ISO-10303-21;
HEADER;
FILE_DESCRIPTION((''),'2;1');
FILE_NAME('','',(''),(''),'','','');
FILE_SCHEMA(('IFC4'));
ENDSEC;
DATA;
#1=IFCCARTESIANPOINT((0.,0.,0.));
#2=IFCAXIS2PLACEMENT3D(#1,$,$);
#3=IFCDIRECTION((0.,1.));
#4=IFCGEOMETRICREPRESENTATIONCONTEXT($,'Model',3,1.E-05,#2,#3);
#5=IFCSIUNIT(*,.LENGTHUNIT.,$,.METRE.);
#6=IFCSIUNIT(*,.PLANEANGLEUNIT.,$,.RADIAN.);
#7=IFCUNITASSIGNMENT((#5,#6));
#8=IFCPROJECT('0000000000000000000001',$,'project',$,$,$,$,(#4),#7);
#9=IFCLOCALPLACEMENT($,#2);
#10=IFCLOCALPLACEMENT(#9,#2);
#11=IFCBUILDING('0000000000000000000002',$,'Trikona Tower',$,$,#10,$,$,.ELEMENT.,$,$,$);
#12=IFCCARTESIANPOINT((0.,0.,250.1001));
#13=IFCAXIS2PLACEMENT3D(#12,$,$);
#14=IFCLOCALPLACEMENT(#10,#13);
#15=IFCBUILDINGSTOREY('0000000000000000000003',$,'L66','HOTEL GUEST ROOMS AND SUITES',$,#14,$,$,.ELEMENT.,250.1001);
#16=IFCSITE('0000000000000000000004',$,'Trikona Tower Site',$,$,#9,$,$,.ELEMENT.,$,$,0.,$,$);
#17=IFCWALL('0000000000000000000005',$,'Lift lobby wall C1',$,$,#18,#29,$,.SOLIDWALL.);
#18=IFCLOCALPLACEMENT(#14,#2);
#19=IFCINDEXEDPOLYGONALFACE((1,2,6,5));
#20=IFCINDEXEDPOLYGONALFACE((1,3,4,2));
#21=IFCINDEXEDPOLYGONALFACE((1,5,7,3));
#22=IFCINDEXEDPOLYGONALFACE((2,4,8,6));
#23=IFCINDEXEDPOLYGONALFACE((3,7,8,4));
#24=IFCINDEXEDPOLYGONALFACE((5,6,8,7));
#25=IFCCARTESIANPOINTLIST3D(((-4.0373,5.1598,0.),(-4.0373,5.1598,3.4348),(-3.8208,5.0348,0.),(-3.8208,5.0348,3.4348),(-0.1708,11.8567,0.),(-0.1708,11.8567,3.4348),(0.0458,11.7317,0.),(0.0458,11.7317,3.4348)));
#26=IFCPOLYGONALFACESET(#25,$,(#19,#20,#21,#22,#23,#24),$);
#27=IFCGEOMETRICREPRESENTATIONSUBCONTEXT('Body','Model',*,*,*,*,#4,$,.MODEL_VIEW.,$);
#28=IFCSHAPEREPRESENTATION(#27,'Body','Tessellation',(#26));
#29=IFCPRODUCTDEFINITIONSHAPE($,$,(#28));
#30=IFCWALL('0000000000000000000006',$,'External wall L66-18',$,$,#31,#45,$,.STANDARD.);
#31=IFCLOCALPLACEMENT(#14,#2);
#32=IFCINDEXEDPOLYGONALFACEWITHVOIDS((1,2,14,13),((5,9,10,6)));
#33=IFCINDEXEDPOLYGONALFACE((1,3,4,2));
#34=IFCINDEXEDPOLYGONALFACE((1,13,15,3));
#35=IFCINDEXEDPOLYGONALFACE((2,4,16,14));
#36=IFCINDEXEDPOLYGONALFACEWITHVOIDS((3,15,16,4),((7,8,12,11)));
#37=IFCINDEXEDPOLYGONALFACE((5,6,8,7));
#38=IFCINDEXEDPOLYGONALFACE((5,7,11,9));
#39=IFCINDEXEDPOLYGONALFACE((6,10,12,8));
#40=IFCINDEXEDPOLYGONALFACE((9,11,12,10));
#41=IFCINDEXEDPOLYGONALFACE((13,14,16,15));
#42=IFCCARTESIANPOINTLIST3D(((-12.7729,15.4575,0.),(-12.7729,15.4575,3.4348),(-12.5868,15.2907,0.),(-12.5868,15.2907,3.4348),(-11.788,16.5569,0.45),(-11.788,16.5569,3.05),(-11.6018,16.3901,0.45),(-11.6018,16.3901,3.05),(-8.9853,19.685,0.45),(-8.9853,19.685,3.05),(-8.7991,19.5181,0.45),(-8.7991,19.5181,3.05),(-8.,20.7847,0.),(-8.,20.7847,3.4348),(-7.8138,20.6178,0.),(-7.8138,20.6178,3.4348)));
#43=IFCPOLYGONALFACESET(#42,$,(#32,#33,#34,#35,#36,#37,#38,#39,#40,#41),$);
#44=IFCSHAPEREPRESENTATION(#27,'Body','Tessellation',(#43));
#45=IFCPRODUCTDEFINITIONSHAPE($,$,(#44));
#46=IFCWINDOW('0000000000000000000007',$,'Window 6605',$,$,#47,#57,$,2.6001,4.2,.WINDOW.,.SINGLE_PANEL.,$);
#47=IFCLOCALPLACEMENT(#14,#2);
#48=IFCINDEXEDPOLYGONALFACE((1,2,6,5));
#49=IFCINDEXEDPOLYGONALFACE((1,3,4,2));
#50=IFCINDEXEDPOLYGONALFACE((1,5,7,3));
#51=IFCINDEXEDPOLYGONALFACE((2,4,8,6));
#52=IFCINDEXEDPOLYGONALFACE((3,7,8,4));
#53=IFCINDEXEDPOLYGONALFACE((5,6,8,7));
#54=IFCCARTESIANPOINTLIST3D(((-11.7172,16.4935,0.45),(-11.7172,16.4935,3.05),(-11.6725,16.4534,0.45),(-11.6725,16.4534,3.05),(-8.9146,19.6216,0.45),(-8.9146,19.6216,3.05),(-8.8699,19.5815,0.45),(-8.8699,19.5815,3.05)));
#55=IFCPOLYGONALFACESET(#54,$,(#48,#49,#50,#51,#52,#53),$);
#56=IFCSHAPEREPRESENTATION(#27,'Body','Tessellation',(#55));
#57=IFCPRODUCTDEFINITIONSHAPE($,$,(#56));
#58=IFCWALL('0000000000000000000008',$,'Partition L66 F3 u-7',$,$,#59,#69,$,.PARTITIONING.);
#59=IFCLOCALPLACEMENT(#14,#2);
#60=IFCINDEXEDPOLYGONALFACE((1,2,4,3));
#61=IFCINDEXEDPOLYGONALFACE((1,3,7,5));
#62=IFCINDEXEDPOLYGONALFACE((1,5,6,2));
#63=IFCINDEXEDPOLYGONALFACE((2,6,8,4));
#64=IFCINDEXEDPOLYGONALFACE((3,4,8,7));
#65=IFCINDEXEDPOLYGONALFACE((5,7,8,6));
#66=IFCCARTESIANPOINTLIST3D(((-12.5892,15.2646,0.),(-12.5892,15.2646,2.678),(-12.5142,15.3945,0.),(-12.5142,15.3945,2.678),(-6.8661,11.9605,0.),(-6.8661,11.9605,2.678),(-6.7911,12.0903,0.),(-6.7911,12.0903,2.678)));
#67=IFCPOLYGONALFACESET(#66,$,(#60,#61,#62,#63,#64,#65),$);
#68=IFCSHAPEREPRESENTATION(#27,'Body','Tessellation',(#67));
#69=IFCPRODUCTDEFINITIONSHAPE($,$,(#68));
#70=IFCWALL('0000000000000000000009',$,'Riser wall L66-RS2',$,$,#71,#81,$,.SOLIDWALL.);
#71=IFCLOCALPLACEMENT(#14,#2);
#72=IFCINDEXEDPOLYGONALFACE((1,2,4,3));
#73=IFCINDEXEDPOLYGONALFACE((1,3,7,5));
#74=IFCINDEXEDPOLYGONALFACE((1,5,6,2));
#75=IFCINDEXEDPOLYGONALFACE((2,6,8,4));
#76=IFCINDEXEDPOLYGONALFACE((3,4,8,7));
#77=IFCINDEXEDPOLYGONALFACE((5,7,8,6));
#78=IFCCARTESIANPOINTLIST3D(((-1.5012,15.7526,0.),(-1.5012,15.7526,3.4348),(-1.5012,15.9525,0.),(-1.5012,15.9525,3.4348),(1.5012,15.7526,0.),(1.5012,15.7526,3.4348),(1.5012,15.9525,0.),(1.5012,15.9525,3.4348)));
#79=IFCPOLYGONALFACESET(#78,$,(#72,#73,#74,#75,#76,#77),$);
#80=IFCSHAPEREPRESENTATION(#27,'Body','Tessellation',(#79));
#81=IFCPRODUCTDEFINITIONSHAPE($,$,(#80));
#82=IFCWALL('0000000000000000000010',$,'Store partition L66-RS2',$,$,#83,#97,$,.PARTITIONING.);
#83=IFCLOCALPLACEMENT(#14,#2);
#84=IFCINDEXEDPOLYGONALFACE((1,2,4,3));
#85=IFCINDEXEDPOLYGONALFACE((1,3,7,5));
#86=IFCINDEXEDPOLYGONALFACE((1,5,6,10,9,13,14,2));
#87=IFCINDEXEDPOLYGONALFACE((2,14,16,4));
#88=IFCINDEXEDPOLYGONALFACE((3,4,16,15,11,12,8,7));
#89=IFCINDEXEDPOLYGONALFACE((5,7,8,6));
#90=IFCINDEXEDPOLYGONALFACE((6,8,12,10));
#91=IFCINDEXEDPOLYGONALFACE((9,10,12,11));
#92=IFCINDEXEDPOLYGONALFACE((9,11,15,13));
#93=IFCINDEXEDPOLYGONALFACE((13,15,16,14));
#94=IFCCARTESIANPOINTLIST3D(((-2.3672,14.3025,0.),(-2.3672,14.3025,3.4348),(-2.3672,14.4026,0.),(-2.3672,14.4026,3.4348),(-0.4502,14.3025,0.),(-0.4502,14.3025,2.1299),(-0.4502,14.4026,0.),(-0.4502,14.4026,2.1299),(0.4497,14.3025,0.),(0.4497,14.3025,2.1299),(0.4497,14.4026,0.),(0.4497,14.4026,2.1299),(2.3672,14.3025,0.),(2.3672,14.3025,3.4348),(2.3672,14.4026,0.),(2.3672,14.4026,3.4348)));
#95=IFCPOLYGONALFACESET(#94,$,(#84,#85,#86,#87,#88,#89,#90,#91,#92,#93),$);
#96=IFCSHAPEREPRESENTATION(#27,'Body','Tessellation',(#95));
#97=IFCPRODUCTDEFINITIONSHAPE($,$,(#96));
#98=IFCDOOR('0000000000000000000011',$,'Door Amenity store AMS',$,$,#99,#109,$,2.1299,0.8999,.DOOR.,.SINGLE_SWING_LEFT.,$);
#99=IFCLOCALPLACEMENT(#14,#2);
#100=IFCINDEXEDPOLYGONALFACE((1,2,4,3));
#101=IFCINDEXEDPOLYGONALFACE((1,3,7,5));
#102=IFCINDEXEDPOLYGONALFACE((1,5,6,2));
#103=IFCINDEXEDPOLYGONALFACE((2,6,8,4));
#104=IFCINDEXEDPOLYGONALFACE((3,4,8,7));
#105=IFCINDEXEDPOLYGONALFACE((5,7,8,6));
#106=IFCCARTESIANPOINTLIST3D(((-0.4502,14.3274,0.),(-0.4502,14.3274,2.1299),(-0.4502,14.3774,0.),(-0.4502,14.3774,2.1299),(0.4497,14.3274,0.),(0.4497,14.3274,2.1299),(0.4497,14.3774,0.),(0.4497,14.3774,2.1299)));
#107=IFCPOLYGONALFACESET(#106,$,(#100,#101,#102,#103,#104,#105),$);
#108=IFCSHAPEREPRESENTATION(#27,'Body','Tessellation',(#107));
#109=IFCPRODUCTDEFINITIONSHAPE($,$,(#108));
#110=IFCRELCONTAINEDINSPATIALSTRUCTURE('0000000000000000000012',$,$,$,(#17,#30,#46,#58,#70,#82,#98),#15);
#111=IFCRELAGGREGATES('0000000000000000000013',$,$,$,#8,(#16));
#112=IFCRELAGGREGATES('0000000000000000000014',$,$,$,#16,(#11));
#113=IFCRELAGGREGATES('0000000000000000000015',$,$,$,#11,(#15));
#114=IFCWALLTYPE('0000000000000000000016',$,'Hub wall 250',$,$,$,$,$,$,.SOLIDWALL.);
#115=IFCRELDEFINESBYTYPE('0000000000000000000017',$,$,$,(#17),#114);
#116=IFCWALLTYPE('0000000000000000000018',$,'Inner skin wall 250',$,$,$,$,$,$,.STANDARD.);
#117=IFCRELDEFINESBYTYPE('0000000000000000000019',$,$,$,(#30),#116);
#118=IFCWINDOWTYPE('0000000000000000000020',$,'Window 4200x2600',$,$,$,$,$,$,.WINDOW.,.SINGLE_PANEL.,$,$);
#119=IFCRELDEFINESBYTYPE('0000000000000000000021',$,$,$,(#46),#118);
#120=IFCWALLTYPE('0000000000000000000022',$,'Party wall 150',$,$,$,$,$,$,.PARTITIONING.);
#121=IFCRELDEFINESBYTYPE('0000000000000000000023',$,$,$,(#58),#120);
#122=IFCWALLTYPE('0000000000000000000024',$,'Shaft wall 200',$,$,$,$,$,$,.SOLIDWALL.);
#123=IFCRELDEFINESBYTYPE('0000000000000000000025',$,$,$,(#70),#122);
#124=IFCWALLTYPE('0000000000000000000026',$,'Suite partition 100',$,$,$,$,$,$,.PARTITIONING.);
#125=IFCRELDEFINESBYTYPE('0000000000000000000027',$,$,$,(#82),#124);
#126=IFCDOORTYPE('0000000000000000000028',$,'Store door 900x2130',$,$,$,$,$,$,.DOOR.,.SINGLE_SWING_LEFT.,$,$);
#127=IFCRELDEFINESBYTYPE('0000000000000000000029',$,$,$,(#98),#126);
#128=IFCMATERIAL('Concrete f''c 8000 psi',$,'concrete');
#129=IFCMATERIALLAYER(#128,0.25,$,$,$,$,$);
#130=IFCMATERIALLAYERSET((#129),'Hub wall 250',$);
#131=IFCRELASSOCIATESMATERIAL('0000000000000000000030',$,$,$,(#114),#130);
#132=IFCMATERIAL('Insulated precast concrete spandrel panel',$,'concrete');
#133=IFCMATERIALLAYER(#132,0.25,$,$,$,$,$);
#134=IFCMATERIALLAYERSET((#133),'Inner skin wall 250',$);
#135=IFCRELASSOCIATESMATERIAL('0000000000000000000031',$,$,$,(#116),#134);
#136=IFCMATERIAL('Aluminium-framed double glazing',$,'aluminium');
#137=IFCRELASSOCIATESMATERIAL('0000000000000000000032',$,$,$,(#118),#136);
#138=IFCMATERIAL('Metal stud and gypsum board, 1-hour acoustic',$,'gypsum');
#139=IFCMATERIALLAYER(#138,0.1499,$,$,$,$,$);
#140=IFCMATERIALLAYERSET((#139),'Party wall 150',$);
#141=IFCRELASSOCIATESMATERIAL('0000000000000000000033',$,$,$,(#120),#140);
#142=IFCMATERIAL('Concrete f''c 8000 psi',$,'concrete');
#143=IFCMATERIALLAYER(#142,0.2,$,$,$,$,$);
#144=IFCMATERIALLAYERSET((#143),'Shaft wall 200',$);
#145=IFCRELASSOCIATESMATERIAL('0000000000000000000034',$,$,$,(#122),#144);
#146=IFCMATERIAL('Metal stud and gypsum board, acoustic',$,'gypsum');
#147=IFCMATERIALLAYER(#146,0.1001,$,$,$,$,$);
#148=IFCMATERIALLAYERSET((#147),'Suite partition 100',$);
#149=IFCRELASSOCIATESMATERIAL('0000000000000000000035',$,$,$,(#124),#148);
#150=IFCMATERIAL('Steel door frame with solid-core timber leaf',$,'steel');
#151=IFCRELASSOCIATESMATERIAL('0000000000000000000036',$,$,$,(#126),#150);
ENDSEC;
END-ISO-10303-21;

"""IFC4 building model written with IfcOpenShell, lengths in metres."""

from ifc_helpers import new_model, si_unit, direction, frame, frame_2d, origin, place, context, subcontext, project, spatial, rectangle, extrude, material, layer, layer_set, type_object, element, fill, save


model = new_model("IFC4")

# Units and contexts
model_context = context("Model", 3, precision=1e-05, world=origin(), true_north=direction((0.0, 1.0)))
body_context = subcontext(model_context, "Body", "Model", "MODEL_VIEW")
ifc_project = project(units=[si_unit("LENGTHUNIT", "METRE"), si_unit("PLANEANGLEUNIT", "RADIAN")], contexts=[model_context])

# Site, building, storey
site_placement = place(None, origin())
site = spatial("IfcSite", under=ifc_project, at=site_placement, Name="Trikona Tower Site", CompositionType="ELEMENT", RefElevation=0.0)
building_placement = place(site_placement, origin())
building = spatial("IfcBuilding", under=site, at=building_placement, Name="Trikona Tower", CompositionType="ELEMENT")
storey_placement = place(building_placement, frame((0.0, 0.0, 250.1001)))
storey = spatial("IfcBuildingStorey", under=building, at=storey_placement, Name="L66", Description="HOTEL GUEST ROOMS AND SUITES", CompositionType="ELEMENT", Elevation=250.1001)

# Wall
ifc_material_1 = material(Name="Concrete f'c 8000 psi", Category="concrete")
ifc_layer_1 = layer(ifc_material_1, 0.25)
ifc_layer_set_1 = layer_set([ifc_layer_1], Name="Hub wall 250")
wall_type_1 = type_object("IfcWallType", Name="Hub wall 250", PredefinedType="SOLIDWALL", material=ifc_layer_set_1)
wall_1_placement = place(storey_placement, frame((-0.0625, 11.7942, 0.0), z_axis=(0.0, 0.0, 1.0), x_axis=(-0.500007, -0.866022, 0.0)))
element("IfcWall", 1, at=wall_1_placement, inside=storey, type_object=wall_type_1, Name="Lift lobby wall C1", PredefinedType="SOLIDWALL", context=body_context, shape_type="SweptSolid", body=[
    extrude(rectangle(XDim=7.7329, YDim=0.25, at=frame_2d((3.8665, 0.0))), origin(), (0.0, 0.0, 1.0), 3.4348),
])

# Wall, opening, window
ifc_material_2 = material(Name="Insulated precast concrete spandrel panel", Category="concrete")
ifc_layer_2 = layer(ifc_material_2, 0.25)
ifc_layer_set_2 = layer_set([ifc_layer_2], Name="Inner skin wall 250")
wall_type_2 = type_object("IfcWallType", Name="Inner skin wall 250", PredefinedType="STANDARD", material=ifc_layer_set_2)
wall_2_placement = place(storey_placement, frame((-7.907, 20.7012, 0.0), z_axis=(0.0, 0.0, 1.0), x_axis=(-0.667304, -0.744786, 0.0)))
wall_2 = element("IfcWall", 2, at=wall_2_placement, inside=storey, type_object=wall_type_2, Name="External wall L66-18", PredefinedType="STANDARD", context=body_context, shape_type="SweptSolid", body=[
    extrude(rectangle(XDim=7.1526, YDim=0.25, at=frame_2d((3.5762, 0.0))), origin(), (0.0, 0.0, 1.0), 3.4348),
])
opening_1_placement = place(wall_2_placement, frame((1.4763, 0.0, 0.45)))
opening_1 = element("IfcOpeningElement", 3, at=opening_1_placement, cuts=wall_2, PredefinedType="OPENING", context=body_context, shape_type="SweptSolid", body=[
    extrude(rectangle(XDim=4.2, YDim=2.6001, at=frame_2d((2.1001, 1.3))), frame((0.0, 0.135, 0.0), z_axis=(0.0, -1.0, 0.0), x_axis=(1.0, 0.0, 0.0)), (0.0, 0.0, 1.0), 0.27),
])
ifc_material_3 = material(Name="Aluminium-framed double glazing", Category="aluminium")
window_type_1 = type_object("IfcWindowType", Name="Window 4200x2600", PartitioningType="SINGLE_PANEL", PredefinedType="WINDOW", material=ifc_material_3)
window_1_placement = place(opening_1_placement, origin())
window_1 = element("IfcWindow", 4, at=window_1_placement, inside=storey, type_object=window_type_1, Name="Window 6605", OverallHeight=2.6001, OverallWidth=4.2, PartitioningType="SINGLE_PANEL", PredefinedType="WINDOW", context=body_context, shape_type="SweptSolid", body=[
    extrude(rectangle(XDim=4.2, YDim=2.6001, at=frame_2d((2.1001, 1.3))), frame((0.0, 0.03, 0.0), z_axis=(0.0, -1.0, 0.0), x_axis=(1.0, 0.0, 0.0)), (0.0, 0.0, 1.0), 0.0601),
])
fill(opening_1, window_1)

# Walls
ifc_material_4 = material(Name="Metal stud and gypsum board, 1-hour acoustic", Category="gypsum")
ifc_layer_3 = layer(ifc_material_4, 0.1499)
ifc_layer_set_3 = layer_set([ifc_layer_3], Name="Party wall 150")
wall_type_3 = type_object("IfcWallType", Name="Party wall 150", PredefinedType="PARTITIONING", material=ifc_layer_set_3)
wall_3_placement = place(storey_placement, frame((-6.8286, 12.0254, 0.0), z_axis=(0.0, 0.0, 1.0), x_axis=(-0.866029, 0.499993, 0.0)))
element("IfcWall", 5, at=wall_3_placement, inside=storey, type_object=wall_type_3, Name="Partition L66 F3 u-7", PredefinedType="PARTITIONING", context=body_context, shape_type="SweptSolid", body=[
    extrude(rectangle(XDim=6.6084, YDim=0.1499, at=frame_2d((3.3042, 0.0))), origin(), (0.0, 0.0, 1.0), 2.678),
])
ifc_material_5 = material(Name="Concrete f'c 8000 psi", Category="concrete")
ifc_layer_4 = layer(ifc_material_5, 0.2)
ifc_layer_set_4 = layer_set([ifc_layer_4], Name="Shaft wall 200")
wall_type_4 = type_object("IfcWallType", Name="Shaft wall 200", PredefinedType="SOLIDWALL", material=ifc_layer_set_4)
wall_4_placement = place(storey_placement, frame((-1.5012, 15.8525, 0.0), z_axis=(0.0, 0.0, 1.0), x_axis=(1.0, 0.0, 0.0)))
element("IfcWall", 6, at=wall_4_placement, inside=storey, type_object=wall_type_4, Name="Riser wall L66-RS2", PredefinedType="SOLIDWALL", context=body_context, shape_type="SweptSolid", body=[
    extrude(rectangle(XDim=3.0024, YDim=0.2, at=frame_2d((1.5012, 0.0))), origin(), (0.0, 0.0, 1.0), 3.4348),
])

# Wall, opening, door
ifc_material_6 = material(Name="Metal stud and gypsum board, acoustic", Category="gypsum")
ifc_layer_5 = layer(ifc_material_6, 0.1001)
ifc_layer_set_5 = layer_set([ifc_layer_5], Name="Suite partition 100")
wall_type_5 = type_object("IfcWallType", Name="Suite partition 100", PredefinedType="PARTITIONING", material=ifc_layer_set_5)
wall_5_placement = place(storey_placement, frame((-2.3672, 14.3525, 0.0), z_axis=(0.0, 0.0, 1.0), x_axis=(1.0, 0.0, 0.0)))
wall_5 = element("IfcWall", 7, at=wall_5_placement, inside=storey, type_object=wall_type_5, Name="Store partition L66-RS2", PredefinedType="PARTITIONING", context=body_context, shape_type="SweptSolid", body=[
    extrude(rectangle(XDim=4.7344, YDim=0.1001, at=frame_2d((2.3672, 0.0))), origin(), (0.0, 0.0, 1.0), 3.4348),
])
opening_2_placement = place(wall_5_placement, frame((1.917, 0.0, 0.0)))
opening_2 = element("IfcOpeningElement", 8, at=opening_2_placement, cuts=wall_5, PredefinedType="OPENING", context=body_context, shape_type="SweptSolid", body=[
    extrude(rectangle(XDim=0.8999, YDim=2.1299, at=frame_2d((0.45, 1.0649))), frame((0.0, 0.0601, 0.0), z_axis=(0.0, -1.0, 0.0), x_axis=(1.0, 0.0, 0.0)), (0.0, 0.0, 1.0), 0.1201),
])
ifc_material_7 = material(Name="Steel door frame with solid-core timber leaf", Category="steel")
door_type_1 = type_object("IfcDoorType", Name="Store door 900x2130", OperationType="SINGLE_SWING_LEFT", PredefinedType="DOOR", material=ifc_material_7)
door_1_placement = place(opening_2_placement, origin())
door_1 = element("IfcDoor", 9, at=door_1_placement, inside=storey, type_object=door_type_1, Name="Door Amenity store AMS", OperationType="SINGLE_SWING_LEFT", OverallHeight=2.1299, OverallWidth=0.8999, PredefinedType="DOOR", context=body_context, shape_type="SweptSolid", body=[
    extrude(rectangle(XDim=0.8999, YDim=2.1299, at=frame_2d((0.45, 1.0649))), frame((0.0, 0.0249, 0.0), z_axis=(0.0, -1.0, 0.0), x_axis=(1.0, 0.0, 0.0)), (0.0, 0.0, 1.0), 0.05),
])
fill(opening_2, door_1)

save(model, "model.ifc")
